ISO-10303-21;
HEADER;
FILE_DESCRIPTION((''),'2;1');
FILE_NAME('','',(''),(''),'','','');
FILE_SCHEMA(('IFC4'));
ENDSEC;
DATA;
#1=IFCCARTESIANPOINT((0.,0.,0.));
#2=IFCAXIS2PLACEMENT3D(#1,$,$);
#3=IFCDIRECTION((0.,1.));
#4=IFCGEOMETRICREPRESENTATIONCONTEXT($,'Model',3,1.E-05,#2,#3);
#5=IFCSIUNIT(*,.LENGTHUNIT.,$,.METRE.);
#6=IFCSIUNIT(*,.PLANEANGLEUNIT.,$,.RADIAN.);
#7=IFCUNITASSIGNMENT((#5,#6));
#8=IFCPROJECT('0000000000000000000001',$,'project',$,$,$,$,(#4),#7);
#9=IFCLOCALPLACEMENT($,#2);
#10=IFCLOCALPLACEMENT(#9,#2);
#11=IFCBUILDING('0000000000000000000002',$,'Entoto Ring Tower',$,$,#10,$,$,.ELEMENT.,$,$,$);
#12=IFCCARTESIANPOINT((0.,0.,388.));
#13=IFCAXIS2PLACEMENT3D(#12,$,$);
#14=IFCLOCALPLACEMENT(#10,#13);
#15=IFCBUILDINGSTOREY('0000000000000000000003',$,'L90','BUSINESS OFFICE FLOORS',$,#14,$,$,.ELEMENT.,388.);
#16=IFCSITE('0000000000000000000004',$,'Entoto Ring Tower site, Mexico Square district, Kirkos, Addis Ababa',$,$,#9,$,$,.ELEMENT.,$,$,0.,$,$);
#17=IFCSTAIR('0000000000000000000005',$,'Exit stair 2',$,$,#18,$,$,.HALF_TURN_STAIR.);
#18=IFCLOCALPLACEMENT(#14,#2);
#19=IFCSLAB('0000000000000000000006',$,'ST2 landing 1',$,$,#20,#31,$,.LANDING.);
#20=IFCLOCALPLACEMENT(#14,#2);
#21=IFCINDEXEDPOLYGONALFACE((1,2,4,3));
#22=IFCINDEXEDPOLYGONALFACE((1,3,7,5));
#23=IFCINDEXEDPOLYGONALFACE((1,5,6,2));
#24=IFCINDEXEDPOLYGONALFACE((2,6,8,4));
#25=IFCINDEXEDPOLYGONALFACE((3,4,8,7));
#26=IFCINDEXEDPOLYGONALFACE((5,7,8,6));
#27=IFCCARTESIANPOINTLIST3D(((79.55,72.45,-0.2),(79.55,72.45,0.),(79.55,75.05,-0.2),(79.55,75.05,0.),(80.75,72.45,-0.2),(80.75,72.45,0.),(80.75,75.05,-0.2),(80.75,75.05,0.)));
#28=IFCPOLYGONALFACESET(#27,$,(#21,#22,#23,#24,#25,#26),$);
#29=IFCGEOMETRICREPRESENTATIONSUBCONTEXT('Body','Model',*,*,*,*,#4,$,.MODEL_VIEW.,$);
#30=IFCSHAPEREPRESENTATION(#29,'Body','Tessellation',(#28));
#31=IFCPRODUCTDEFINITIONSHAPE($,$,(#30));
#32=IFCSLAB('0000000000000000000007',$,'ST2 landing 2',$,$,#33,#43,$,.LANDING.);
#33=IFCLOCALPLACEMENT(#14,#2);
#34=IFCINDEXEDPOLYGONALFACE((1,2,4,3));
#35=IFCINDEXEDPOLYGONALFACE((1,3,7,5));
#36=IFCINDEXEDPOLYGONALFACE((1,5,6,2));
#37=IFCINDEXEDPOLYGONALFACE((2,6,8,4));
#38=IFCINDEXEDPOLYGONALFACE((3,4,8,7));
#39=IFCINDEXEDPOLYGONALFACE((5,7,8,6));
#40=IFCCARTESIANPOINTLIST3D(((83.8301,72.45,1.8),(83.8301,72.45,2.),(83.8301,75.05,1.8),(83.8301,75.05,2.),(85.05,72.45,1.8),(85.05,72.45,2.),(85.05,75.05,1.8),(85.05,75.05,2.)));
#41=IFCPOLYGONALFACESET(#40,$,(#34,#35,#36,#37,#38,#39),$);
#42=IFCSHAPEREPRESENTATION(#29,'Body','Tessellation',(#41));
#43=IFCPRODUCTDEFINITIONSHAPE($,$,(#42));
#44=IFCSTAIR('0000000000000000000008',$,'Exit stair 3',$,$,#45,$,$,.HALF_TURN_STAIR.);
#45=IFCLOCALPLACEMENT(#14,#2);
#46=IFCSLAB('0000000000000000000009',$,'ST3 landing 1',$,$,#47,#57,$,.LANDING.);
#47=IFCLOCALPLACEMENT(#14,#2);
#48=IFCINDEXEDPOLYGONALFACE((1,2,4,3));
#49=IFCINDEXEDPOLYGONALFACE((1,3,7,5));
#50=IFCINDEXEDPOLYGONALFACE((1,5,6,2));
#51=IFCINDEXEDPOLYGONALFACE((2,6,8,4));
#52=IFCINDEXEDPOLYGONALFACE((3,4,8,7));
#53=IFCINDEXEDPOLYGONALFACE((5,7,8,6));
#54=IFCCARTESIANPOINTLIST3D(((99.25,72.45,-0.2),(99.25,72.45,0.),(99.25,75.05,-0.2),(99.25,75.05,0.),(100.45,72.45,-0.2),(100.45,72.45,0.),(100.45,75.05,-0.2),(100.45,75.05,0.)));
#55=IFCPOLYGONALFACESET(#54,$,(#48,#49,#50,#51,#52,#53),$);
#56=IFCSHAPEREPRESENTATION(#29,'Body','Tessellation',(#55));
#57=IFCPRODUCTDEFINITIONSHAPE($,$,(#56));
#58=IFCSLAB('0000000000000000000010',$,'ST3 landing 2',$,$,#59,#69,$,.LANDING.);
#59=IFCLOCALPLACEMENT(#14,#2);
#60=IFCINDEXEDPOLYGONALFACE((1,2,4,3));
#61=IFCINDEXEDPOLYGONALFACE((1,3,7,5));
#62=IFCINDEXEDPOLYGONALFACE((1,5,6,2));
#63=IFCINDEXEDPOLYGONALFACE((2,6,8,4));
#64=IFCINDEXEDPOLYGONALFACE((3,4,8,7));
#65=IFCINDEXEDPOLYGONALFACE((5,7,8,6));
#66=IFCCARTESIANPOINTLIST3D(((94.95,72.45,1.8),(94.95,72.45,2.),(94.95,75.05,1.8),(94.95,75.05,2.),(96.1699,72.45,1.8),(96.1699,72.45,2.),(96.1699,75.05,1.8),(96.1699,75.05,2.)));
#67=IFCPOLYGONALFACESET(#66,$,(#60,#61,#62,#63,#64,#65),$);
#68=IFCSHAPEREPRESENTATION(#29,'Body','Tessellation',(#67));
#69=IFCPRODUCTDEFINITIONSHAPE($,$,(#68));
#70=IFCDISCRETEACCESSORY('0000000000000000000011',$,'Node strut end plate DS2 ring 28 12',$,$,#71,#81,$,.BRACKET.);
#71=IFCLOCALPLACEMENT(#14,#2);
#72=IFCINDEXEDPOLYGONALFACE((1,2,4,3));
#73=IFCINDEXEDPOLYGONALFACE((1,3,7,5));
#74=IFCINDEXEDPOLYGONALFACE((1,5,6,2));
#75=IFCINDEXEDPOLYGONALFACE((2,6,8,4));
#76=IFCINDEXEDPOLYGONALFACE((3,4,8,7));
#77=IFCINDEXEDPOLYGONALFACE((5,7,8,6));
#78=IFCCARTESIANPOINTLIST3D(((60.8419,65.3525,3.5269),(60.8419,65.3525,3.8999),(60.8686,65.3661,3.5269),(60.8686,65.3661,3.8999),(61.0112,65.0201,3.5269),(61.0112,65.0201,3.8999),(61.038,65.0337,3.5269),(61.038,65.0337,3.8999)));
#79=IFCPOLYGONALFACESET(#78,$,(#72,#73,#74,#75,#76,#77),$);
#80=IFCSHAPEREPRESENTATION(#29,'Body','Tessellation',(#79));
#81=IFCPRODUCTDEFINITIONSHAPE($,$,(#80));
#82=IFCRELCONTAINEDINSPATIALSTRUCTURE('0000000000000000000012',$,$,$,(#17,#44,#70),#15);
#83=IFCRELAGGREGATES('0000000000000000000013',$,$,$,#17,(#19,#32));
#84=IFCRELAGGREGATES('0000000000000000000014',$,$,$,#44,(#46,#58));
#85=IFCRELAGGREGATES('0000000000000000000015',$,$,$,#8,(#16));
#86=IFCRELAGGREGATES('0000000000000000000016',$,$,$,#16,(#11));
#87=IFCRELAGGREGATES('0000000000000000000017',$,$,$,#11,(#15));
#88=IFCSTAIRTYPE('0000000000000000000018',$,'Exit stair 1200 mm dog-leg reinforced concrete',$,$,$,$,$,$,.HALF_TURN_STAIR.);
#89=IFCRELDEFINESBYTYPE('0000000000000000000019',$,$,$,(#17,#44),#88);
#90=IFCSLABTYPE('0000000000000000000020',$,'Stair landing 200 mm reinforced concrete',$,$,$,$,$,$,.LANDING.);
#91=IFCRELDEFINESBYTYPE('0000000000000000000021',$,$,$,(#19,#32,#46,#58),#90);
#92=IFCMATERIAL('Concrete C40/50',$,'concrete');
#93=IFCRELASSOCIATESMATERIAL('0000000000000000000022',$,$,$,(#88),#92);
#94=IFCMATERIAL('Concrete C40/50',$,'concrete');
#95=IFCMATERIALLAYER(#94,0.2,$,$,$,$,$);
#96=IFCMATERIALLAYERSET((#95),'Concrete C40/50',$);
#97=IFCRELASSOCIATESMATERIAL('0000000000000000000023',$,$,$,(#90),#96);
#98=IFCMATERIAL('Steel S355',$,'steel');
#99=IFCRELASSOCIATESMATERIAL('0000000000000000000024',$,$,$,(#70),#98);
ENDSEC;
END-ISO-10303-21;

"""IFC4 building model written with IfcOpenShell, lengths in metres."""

from ifc_helpers import new_model, si_unit, direction, frame, origin, origin_2d, place, context, subcontext, project, spatial, polyline, rectangle, outline, extrude, material, layer, layer_set, type_object, element, aggregate, save


model = new_model("IFC4")

# Units and contexts
model_context = context("Model", 3, precision=1e-05, world=origin(), true_north=direction((0.0, 1.0)))
body_context = subcontext(model_context, "Body", "Model", "MODEL_VIEW")
ifc_project = project(units=[si_unit("LENGTHUNIT", "METRE"), si_unit("PLANEANGLEUNIT", "RADIAN")], contexts=[model_context])

# Site, building, storey
site_placement = place(None, origin())
site = spatial("IfcSite", under=ifc_project, at=site_placement, Name="Entoto Ring Tower site, Mexico Square district, Kirkos, Addis Ababa", CompositionType="ELEMENT", RefElevation=0.0)
building_placement = place(site_placement, origin())
building = spatial("IfcBuilding", under=site, at=building_placement, Name="Entoto Ring Tower", CompositionType="ELEMENT")
storey_placement = place(building_placement, frame((0.0, 0.0, 388.0)))
storey = spatial("IfcBuildingStorey", under=building, at=storey_placement, Name="L90", Description="BUSINESS OFFICE FLOORS", CompositionType="ELEMENT", Elevation=388.0)

# Shared definitions
ifc_material_1 = material(Name="Concrete C40/50", Category="concrete")
stair_type = type_object("IfcStairType", Name="Exit stair 1200 mm dog-leg reinforced concrete", PredefinedType="HALF_TURN_STAIR", material=ifc_material_1)
ifc_material_2 = material(Name="Concrete C40/50", Category="concrete")
ifc_layer_1 = layer(ifc_material_2, 0.2)
ifc_layer_set_1 = layer_set([ifc_layer_1], Name="Concrete C40/50")
slab_type_1 = type_object("IfcSlabType", Name="Stair landing 200 mm reinforced concrete", PredefinedType="LANDING", material=ifc_layer_set_1)

# Stairs, slabs
stair_1_placement = place(storey_placement, origin())
stair_1 = element("IfcStair", 1, at=stair_1_placement, inside=storey, type_object=stair_type, Name="Exit stair 2", PredefinedType="HALF_TURN_STAIR")
slab_1_placement = place(storey_placement, frame((0.0, 0.0, -0.2)))
slab_1 = element("IfcSlab", 2, at=slab_1_placement, type_object=slab_type_1, Name="ST2 landing 1", PredefinedType="LANDING", context=body_context, shape_type="SweptSolid", body=[
    extrude(outline(polyline([(80.75, 72.45), (80.75, 75.05), (79.55, 75.05), (79.55, 72.45), (80.75, 72.45)])), origin(), (0.0, 0.0, 1.0), 0.2),
])
slab_2_placement = place(storey_placement, frame((0.0, 0.0, 1.8)))
slab_2 = element("IfcSlab", 3, at=slab_2_placement, type_object=slab_type_1, Name="ST2 landing 2", PredefinedType="LANDING", context=body_context, shape_type="SweptSolid", body=[
    extrude(outline(polyline([(83.8301, 72.45), (85.05, 72.45), (85.05, 75.05), (83.8301, 75.05), (83.8301, 72.45)])), origin(), (0.0, 0.0, 1.0), 0.2),
])
aggregate(stair_1, [slab_1, slab_2])
stair_2_placement = place(storey_placement, origin())
stair_2 = element("IfcStair", 4, at=stair_2_placement, inside=storey, type_object=stair_type, Name="Exit stair 3", PredefinedType="HALF_TURN_STAIR")
slab_3_placement = place(storey_placement, frame((0.0, 0.0, -0.2)))
slab_3 = element("IfcSlab", 5, at=slab_3_placement, type_object=slab_type_1, Name="ST3 landing 1", PredefinedType="LANDING", context=body_context, shape_type="SweptSolid", body=[
    extrude(outline(polyline([(100.45, 72.45), (100.45, 75.05), (99.25, 75.05), (99.25, 72.45), (100.45, 72.45)])), origin(), (0.0, 0.0, 1.0), 0.2),
])
slab_4_placement = place(storey_placement, frame((0.0, 0.0, 1.8)))
slab_4 = element("IfcSlab", 6, at=slab_4_placement, type_object=slab_type_1, Name="ST3 landing 2", PredefinedType="LANDING", context=body_context, shape_type="SweptSolid", body=[
    extrude(outline(polyline([(94.95, 72.45), (96.1699, 72.45), (96.1699, 75.05), (94.95, 75.05), (94.95, 72.45)])), origin(), (0.0, 0.0, 1.0), 0.2),
])
aggregate(stair_2, [slab_3, slab_4])

# Discrete accessory
ifc_material_3 = material(Name="Steel S355", Category="steel")
discrete_accessory_placement = place(storey_placement, frame((60.9399, 65.1931, 3.5269), z_axis=(0.0, 0.0, 1.0), x_axis=(-0.891007, -0.45399, 0.0)))
element("IfcDiscreteAccessory", 7, at=discrete_accessory_placement, inside=storey, material=ifc_material_3, Name="Node strut end plate DS2 ring 28 12", PredefinedType="BRACKET", context=body_context, shape_type="SweptSolid", body=[
    extrude(rectangle(XDim=0.03, YDim=0.373, at=origin_2d()), origin(), (0.0, 0.0, 1.0), 0.373),
])

save(model, "model.ifc")
